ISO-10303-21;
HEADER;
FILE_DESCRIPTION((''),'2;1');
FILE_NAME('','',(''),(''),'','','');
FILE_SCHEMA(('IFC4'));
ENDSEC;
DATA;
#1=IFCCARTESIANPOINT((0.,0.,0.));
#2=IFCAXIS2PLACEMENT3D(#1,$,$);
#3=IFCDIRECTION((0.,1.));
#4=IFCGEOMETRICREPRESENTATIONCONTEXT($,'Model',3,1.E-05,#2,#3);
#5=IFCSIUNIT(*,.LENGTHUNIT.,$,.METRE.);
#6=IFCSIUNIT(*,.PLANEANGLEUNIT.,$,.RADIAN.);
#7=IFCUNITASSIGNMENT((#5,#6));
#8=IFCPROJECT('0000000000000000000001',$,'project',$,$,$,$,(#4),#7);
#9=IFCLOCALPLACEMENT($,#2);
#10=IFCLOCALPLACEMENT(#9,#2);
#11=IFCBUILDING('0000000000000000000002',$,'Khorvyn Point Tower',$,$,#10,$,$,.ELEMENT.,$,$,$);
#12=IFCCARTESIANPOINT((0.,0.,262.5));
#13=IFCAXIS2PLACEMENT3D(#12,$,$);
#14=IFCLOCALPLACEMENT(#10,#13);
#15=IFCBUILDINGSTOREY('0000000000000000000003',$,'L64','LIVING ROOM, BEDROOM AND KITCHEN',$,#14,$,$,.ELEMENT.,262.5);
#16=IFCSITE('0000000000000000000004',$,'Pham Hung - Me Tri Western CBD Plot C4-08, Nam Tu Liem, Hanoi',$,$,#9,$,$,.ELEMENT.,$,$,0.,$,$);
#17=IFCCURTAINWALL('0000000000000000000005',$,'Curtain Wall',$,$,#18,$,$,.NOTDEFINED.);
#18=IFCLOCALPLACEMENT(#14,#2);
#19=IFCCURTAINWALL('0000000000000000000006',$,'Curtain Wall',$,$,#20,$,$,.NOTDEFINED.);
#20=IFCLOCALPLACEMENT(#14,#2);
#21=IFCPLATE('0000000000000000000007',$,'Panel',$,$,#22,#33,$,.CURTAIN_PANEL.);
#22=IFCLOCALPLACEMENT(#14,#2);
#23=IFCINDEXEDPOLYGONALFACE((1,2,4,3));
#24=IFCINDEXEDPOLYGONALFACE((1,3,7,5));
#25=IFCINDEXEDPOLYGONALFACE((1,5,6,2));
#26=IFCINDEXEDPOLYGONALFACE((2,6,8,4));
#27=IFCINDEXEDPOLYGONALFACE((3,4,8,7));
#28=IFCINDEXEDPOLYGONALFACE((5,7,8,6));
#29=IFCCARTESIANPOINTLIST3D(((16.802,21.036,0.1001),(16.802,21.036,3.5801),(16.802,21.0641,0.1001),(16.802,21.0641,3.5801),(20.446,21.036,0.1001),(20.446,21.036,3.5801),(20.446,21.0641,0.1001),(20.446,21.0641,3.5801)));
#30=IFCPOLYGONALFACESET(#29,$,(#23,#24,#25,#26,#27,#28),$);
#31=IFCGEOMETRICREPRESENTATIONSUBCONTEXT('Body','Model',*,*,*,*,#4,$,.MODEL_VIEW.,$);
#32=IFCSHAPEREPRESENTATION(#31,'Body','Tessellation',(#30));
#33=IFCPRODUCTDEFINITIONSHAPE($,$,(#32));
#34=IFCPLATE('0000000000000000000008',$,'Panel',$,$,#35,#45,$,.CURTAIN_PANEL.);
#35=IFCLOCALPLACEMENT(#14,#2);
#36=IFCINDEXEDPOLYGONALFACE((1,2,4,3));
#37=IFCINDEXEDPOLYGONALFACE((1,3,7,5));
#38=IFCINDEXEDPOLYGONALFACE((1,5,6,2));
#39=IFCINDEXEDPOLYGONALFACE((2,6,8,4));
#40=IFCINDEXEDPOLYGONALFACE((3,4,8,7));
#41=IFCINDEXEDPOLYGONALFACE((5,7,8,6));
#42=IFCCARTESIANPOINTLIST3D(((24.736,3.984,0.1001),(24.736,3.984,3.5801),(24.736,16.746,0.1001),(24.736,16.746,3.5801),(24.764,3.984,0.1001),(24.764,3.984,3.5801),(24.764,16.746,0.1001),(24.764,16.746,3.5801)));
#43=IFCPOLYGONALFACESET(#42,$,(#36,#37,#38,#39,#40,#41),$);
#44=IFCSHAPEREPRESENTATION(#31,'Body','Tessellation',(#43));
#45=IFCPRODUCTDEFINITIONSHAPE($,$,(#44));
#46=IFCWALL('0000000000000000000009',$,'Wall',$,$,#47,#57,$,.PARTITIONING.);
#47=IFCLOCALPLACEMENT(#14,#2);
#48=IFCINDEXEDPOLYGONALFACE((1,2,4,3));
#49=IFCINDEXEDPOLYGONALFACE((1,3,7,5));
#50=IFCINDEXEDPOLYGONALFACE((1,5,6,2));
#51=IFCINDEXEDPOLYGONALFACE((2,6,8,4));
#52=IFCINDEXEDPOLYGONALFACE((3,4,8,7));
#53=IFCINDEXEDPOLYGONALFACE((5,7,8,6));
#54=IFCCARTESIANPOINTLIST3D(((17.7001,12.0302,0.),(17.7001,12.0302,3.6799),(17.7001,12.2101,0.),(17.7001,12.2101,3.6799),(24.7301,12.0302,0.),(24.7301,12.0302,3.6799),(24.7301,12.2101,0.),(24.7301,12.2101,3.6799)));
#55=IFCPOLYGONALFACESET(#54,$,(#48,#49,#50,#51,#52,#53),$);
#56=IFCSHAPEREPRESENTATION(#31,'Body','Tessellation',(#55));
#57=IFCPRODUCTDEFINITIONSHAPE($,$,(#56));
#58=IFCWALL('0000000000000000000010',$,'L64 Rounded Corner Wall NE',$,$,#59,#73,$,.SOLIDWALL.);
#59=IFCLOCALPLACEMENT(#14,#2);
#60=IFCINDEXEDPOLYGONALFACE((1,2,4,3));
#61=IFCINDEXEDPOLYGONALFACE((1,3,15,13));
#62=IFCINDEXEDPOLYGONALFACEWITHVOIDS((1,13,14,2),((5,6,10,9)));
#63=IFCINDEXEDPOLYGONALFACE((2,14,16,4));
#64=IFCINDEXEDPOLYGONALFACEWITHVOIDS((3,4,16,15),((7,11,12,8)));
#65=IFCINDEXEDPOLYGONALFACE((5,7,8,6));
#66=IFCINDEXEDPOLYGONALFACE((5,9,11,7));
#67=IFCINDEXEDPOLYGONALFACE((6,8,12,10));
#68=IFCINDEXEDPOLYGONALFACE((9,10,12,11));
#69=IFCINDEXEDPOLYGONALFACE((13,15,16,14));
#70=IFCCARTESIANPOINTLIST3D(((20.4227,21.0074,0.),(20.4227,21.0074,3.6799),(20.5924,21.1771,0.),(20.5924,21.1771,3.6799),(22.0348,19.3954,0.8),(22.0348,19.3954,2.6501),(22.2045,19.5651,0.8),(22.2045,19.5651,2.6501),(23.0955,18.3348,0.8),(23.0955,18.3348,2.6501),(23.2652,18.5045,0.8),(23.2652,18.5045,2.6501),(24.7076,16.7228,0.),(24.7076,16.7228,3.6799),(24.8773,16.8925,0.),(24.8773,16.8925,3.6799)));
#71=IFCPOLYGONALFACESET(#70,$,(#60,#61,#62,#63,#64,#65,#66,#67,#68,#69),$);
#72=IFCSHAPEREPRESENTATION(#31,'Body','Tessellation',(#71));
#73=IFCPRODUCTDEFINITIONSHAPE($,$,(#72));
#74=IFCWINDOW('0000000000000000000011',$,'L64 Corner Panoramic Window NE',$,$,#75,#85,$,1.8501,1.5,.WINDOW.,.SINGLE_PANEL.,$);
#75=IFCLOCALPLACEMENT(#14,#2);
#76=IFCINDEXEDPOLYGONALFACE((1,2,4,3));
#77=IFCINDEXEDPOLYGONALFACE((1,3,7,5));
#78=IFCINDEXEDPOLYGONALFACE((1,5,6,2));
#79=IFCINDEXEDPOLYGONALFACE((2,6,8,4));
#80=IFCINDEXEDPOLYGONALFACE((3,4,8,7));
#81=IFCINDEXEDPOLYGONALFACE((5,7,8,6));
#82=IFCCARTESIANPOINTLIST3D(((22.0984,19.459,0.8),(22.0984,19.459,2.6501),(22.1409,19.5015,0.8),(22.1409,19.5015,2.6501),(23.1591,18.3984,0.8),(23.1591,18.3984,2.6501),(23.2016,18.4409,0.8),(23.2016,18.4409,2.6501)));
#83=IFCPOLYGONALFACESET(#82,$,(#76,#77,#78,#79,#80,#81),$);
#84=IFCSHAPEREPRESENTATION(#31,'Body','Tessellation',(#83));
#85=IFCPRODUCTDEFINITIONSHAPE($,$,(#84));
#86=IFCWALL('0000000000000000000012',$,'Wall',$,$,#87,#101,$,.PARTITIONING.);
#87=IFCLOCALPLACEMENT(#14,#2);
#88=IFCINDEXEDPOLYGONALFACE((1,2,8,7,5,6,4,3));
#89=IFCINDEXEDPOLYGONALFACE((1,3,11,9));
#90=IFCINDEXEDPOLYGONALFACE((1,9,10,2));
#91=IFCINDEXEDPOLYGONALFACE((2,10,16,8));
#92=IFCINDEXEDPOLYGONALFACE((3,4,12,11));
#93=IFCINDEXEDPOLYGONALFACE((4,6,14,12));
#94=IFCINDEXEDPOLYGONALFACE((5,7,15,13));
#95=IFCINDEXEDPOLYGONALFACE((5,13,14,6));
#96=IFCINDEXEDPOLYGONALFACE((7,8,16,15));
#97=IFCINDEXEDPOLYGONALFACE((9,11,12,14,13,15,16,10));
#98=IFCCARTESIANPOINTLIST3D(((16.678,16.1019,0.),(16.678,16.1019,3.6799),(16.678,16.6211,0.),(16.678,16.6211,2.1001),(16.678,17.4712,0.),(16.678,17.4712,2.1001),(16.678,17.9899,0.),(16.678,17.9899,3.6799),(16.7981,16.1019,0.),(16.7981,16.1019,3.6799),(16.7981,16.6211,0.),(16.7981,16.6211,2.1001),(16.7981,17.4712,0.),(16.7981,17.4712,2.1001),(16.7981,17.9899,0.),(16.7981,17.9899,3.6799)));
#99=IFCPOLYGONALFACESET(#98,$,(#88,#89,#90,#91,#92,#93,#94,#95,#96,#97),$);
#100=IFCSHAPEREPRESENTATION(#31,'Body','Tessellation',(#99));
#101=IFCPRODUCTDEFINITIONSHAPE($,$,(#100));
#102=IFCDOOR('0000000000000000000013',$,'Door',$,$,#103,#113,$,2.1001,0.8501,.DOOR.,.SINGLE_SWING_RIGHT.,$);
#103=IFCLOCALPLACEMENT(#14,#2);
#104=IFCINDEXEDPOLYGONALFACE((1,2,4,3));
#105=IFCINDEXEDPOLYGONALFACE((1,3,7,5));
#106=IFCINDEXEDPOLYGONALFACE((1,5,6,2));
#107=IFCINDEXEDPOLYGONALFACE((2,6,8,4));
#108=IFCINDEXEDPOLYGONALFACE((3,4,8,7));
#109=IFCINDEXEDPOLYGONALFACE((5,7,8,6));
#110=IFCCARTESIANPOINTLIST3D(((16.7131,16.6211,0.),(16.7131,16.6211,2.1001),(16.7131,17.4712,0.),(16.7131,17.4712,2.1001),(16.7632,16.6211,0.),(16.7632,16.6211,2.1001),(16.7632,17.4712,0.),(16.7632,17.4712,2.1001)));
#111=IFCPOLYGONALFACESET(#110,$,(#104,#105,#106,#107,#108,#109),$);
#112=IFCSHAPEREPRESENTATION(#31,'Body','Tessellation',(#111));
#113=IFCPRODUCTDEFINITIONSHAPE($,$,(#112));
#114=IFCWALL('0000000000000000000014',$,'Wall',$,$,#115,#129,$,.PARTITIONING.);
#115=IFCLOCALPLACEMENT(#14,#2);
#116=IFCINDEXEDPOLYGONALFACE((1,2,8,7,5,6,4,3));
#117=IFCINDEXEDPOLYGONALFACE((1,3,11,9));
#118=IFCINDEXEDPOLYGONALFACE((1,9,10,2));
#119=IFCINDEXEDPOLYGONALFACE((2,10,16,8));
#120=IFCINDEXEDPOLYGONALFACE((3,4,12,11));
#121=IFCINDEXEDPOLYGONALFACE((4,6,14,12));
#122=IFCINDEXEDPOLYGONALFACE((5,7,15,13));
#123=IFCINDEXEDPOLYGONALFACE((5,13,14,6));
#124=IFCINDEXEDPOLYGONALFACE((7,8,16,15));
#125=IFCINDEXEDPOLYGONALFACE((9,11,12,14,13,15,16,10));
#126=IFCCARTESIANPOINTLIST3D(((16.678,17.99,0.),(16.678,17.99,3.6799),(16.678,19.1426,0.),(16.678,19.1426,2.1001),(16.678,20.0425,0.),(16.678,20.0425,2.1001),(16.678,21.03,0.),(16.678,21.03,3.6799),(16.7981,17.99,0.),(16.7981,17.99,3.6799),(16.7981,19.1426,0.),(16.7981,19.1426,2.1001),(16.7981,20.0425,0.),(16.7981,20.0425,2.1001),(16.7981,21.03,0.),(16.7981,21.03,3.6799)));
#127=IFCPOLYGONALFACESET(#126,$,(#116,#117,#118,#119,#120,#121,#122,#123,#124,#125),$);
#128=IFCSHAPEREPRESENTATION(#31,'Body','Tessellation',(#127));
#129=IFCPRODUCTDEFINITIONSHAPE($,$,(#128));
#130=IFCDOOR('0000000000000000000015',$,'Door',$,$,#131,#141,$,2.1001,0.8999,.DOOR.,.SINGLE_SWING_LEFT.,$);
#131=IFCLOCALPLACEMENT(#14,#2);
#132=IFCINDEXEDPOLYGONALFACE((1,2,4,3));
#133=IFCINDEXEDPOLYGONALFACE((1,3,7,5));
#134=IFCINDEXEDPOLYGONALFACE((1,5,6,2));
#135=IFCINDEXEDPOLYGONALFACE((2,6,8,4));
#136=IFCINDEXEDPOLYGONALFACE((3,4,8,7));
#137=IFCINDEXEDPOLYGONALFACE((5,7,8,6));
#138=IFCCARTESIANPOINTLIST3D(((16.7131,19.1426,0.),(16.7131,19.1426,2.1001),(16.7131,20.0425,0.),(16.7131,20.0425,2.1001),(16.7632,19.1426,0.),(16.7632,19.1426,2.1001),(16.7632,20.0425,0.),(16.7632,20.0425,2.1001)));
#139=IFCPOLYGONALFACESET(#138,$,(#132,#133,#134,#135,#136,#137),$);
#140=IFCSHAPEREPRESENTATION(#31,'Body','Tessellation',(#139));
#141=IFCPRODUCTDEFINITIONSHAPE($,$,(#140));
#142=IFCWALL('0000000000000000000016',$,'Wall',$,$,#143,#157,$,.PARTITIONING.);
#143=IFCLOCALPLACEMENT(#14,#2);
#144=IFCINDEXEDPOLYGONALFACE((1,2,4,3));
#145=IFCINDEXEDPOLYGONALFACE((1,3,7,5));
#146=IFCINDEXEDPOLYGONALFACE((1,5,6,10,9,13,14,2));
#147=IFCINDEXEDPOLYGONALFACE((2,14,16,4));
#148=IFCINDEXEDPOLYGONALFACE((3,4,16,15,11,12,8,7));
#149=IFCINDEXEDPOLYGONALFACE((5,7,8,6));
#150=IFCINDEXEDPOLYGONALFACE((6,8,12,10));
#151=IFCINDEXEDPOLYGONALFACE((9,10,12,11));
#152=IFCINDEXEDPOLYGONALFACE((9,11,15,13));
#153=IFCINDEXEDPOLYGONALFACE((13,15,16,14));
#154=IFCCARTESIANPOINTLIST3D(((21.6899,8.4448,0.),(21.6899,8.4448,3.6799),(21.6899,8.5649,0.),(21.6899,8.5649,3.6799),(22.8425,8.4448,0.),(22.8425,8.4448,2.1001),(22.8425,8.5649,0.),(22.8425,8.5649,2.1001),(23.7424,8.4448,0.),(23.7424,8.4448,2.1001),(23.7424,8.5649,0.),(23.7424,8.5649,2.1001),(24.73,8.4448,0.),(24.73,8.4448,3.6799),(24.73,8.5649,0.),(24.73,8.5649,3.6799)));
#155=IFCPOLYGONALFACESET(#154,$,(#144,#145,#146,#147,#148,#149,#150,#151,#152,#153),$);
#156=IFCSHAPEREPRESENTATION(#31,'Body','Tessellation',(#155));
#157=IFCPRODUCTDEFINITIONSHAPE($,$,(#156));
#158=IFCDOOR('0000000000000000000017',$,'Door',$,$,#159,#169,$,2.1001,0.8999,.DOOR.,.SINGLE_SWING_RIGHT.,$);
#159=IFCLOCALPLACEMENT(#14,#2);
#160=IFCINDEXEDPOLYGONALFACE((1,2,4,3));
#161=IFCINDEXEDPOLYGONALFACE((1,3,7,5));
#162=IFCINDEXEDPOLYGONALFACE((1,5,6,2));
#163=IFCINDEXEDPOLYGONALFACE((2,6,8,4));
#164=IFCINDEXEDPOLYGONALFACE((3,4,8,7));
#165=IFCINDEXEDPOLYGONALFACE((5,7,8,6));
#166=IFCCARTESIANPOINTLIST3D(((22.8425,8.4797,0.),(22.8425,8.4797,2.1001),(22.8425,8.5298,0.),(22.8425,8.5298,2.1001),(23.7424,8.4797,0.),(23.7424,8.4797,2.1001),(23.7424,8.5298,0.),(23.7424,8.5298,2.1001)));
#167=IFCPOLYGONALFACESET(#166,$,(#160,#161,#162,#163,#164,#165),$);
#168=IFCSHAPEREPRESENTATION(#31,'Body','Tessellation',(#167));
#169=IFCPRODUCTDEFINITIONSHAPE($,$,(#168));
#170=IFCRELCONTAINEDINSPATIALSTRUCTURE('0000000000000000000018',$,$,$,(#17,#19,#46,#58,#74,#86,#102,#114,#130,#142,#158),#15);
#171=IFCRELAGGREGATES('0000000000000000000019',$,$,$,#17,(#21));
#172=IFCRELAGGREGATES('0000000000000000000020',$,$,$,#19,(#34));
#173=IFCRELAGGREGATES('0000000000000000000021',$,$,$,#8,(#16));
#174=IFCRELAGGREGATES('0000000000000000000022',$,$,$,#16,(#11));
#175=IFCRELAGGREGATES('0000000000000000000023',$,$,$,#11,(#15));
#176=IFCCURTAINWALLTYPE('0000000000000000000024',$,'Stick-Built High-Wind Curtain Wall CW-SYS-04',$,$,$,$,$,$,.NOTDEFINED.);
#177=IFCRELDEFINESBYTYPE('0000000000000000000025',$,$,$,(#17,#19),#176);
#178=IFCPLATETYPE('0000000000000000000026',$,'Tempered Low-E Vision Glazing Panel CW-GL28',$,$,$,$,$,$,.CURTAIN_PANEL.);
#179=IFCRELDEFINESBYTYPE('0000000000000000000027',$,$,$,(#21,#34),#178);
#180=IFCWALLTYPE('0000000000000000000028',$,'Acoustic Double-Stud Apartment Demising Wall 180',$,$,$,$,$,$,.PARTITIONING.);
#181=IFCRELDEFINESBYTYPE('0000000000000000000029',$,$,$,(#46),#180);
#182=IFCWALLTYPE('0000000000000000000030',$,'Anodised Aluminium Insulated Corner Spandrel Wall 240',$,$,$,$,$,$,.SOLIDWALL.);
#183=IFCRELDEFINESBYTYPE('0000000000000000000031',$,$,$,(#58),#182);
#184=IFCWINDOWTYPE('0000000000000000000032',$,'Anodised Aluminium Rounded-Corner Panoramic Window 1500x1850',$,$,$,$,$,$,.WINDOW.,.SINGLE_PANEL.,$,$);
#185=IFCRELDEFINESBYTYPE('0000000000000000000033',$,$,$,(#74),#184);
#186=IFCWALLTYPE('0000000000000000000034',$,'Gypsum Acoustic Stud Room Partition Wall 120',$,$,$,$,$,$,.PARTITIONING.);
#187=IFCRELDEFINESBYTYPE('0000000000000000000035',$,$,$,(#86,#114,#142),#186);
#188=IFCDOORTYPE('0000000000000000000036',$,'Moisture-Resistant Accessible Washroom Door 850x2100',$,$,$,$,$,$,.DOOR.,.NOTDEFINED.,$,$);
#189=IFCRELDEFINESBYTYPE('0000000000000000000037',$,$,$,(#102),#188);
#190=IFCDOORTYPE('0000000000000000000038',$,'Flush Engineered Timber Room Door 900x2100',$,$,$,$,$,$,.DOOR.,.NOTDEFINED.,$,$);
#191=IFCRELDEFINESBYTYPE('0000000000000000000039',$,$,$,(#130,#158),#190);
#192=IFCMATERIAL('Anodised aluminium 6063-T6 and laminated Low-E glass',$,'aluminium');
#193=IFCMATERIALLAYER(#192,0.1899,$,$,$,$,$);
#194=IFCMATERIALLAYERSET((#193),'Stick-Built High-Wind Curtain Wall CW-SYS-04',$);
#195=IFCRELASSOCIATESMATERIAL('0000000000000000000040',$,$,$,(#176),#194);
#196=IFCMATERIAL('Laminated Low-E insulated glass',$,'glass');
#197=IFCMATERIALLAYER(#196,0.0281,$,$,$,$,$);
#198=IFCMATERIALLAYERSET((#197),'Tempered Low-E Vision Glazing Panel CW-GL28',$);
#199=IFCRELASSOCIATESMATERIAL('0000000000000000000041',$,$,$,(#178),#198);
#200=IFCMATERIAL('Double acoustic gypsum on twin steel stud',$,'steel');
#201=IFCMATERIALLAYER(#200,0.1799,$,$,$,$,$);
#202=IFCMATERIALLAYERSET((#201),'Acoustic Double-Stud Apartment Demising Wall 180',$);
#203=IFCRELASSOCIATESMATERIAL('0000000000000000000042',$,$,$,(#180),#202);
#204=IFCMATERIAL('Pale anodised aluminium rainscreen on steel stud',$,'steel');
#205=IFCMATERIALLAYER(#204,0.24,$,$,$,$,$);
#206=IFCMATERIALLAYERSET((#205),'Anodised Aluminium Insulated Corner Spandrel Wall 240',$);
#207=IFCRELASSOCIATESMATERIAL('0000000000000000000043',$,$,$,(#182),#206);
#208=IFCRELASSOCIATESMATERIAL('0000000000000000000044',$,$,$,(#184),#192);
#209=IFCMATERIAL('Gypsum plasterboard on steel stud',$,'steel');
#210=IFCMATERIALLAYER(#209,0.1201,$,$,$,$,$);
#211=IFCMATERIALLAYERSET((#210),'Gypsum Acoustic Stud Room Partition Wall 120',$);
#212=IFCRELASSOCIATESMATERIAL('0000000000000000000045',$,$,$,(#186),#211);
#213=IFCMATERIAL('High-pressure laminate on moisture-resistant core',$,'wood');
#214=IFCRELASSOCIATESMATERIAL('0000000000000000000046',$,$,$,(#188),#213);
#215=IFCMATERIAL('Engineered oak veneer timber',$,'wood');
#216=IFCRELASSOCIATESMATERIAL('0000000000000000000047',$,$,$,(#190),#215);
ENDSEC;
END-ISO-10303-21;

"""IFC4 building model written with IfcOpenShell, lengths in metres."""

from ifc_helpers import new_model, si_unit, direction, frame, frame_2d, origin, origin_2d, place, context, subcontext, project, spatial, rectangle, extrude, material, layer, layer_set, type_object, element, fill, aggregate, save


model = new_model("IFC4")

# Units and contexts
model_context = context("Model", 3, precision=1e-05, world=origin(), true_north=direction((0.0, 1.0)))
body_context = subcontext(model_context, "Body", "Model", "MODEL_VIEW")
ifc_project = project(units=[si_unit("LENGTHUNIT", "METRE"), si_unit("PLANEANGLEUNIT", "RADIAN")], contexts=[model_context])

# Site, building, storey
site_placement = place(None, origin())
site = spatial("IfcSite", under=ifc_project, at=site_placement, Name="Pham Hung - Me Tri Western CBD Plot C4-08, Nam Tu Liem, Hanoi", CompositionType="ELEMENT", RefElevation=0.0)
building_placement = place(site_placement, origin())
building = spatial("IfcBuilding", under=site, at=building_placement, Name="Khorvyn Point Tower", CompositionType="ELEMENT")
storey_placement = place(building_placement, frame((0.0, 0.0, 262.5)))
storey = spatial("IfcBuildingStorey", under=building, at=storey_placement, Name="L64", Description="LIVING ROOM, BEDROOM AND KITCHEN", CompositionType="ELEMENT", Elevation=262.5)

# Curtain wall
ifc_material_1 = material(Name="Anodised aluminium 6063-T6 and laminated Low-E glass", Category="aluminium")
ifc_layer_1 = layer(ifc_material_1, 0.1899)
ifc_layer_set_1 = layer_set([ifc_layer_1], Name="Stick-Built High-Wind Curtain Wall CW-SYS-04")
curtain_wall_type = type_object("IfcCurtainWallType", Name="Stick-Built High-Wind Curtain Wall CW-SYS-04", PredefinedType="NOTDEFINED", material=ifc_layer_set_1)
curtain_wall_1_placement = place(storey_placement, origin())
curtain_wall_1 = element("IfcCurtainWall", 1, at=curtain_wall_1_placement, inside=storey, type_object=curtain_wall_type, Name="Curtain Wall", PredefinedType="NOTDEFINED")

# Curtain wall
curtain_wall_2_placement = place(storey_placement, origin())
curtain_wall_2 = element("IfcCurtainWall", 2, at=curtain_wall_2_placement, inside=storey, type_object=curtain_wall_type, Name="Curtain Wall", PredefinedType="NOTDEFINED")

# Plates
ifc_material_2 = material(Name="Laminated Low-E insulated glass", Category="glass")
ifc_layer_2 = layer(ifc_material_2, 0.0281)
ifc_layer_set_2 = layer_set([ifc_layer_2], Name="Tempered Low-E Vision Glazing Panel CW-GL28")
plate_type = type_object("IfcPlateType", Name="Tempered Low-E Vision Glazing Panel CW-GL28", PredefinedType="CURTAIN_PANEL", material=ifc_layer_set_2)
plate_1_placement = place(storey_placement, frame((18.624, 21.05, 0.1001), z_axis=(0.0, 0.0, 1.0), x_axis=(1.0, 0.0, 0.0)))
plate_1 = element("IfcPlate", 3, at=plate_1_placement, type_object=plate_type, Name="Panel", PredefinedType="CURTAIN_PANEL", context=body_context, shape_type="SweptSolid", body=[
    extrude(rectangle(XDim=3.644, YDim=0.0281, at=origin_2d()), origin(), (0.0, 0.0, 1.0), 3.48),
])
aggregate(curtain_wall_1, [plate_1])
plate_2_placement = place(storey_placement, frame((24.75, 10.365, 0.1001), z_axis=(0.0, 0.0, 1.0), x_axis=(0.0, -1.0, 0.0)))
plate_2 = element("IfcPlate", 4, at=plate_2_placement, type_object=plate_type, Name="Panel", PredefinedType="CURTAIN_PANEL", context=body_context, shape_type="SweptSolid", body=[
    extrude(rectangle(XDim=12.762, YDim=0.0281, at=origin_2d()), origin(), (0.0, 0.0, 1.0), 3.48),
])
aggregate(curtain_wall_2, [plate_2])

# Wall
ifc_material_3 = material(Name="Double acoustic gypsum on twin steel stud", Category="steel")
ifc_layer_3 = layer(ifc_material_3, 0.1799)
ifc_layer_set_3 = layer_set([ifc_layer_3], Name="Acoustic Double-Stud Apartment Demising Wall 180")
wall_type_1 = type_object("IfcWallType", Name="Acoustic Double-Stud Apartment Demising Wall 180", PredefinedType="PARTITIONING", material=ifc_layer_set_3)
wall_1_placement = place(storey_placement, frame((17.7, 12.1201, 0.0), z_axis=(0.0, 0.0, 1.0), x_axis=(1.0, 0.0, 0.0)))
element("IfcWall", 5, at=wall_1_placement, inside=storey, type_object=wall_type_1, Name="Wall", PredefinedType="PARTITIONING", context=body_context, shape_type="SweptSolid", body=[
    extrude(rectangle(XDim=7.03, YDim=0.1799, at=frame_2d((3.5151, 0.0))), origin(), (0.0, 0.0, 1.0), 3.6799),
])

# Wall, opening, window
ifc_material_4 = material(Name="Pale anodised aluminium rainscreen on steel stud", Category="steel")
ifc_layer_4 = layer(ifc_material_4, 0.24)
ifc_layer_set_4 = layer_set([ifc_layer_4], Name="Anodised Aluminium Insulated Corner Spandrel Wall 240")
wall_type_2 = type_object("IfcWallType", Name="Anodised Aluminium Insulated Corner Spandrel Wall 240", PredefinedType="SOLIDWALL", material=ifc_layer_set_4)
wall_2_placement = place(storey_placement, frame((20.5076, 21.0923, 0.0), z_axis=(0.0, 0.0, 1.0), x_axis=(0.707127, -0.707087, 0.0)))
wall_2 = element("IfcWall", 6, at=wall_2_placement, inside=storey, type_object=wall_type_2, Name="L64 Rounded Corner Wall NE", PredefinedType="SOLIDWALL", context=body_context, shape_type="SweptSolid", body=[
    extrude(rectangle(XDim=6.0596, YDim=0.24, at=frame_2d((3.0298, 0.0))), origin(), (0.0, 0.0, 1.0), 3.6799),
])
opening_1_placement = place(wall_2_placement, frame((2.2798, 0.0, 0.8)))
opening_1 = element("IfcOpeningElement", 7, at=opening_1_placement, cuts=wall_2, PredefinedType="OPENING", context=body_context, shape_type="SweptSolid", body=[
    extrude(rectangle(XDim=1.5, YDim=1.8501, at=frame_2d((0.75, 0.925))), frame((0.0, 0.1299, 0.0), z_axis=(0.0, -1.0, 0.0), x_axis=(1.0, 0.0, 0.0)), (0.0, 0.0, 1.0), 0.26),
])
window_type = type_object("IfcWindowType", Name="Anodised Aluminium Rounded-Corner Panoramic Window 1500x1850", PartitioningType="SINGLE_PANEL", PredefinedType="WINDOW", material=ifc_material_1)
window_placement = place(opening_1_placement, origin())
window = element("IfcWindow", 8, at=window_placement, inside=storey, type_object=window_type, Name="L64 Corner Panoramic Window NE", OverallHeight=1.8501, OverallWidth=1.5, PartitioningType="SINGLE_PANEL", PredefinedType="WINDOW", context=body_context, shape_type="SweptSolid", body=[
    extrude(rectangle(XDim=1.5, YDim=1.8501, at=frame_2d((0.75, 0.925))), frame((0.0, 0.03, 0.0), z_axis=(0.0, -1.0, 0.0), x_axis=(1.0, 0.0, 0.0)), (0.0, 0.0, 1.0), 0.0601),
])
fill(opening_1, window)

# Walls, openings, doors
ifc_material_5 = material(Name="Gypsum plasterboard on steel stud", Category="steel")
ifc_layer_5 = layer(ifc_material_5, 0.1201)
ifc_layer_set_5 = layer_set([ifc_layer_5], Name="Gypsum Acoustic Stud Room Partition Wall 120")
wall_type_3 = type_object("IfcWallType", Name="Gypsum Acoustic Stud Room Partition Wall 120", PredefinedType="PARTITIONING", material=ifc_layer_set_5)
wall_3_placement = place(storey_placement, frame((16.738, 16.1021, 0.0), z_axis=(0.0, 0.0, 1.0), x_axis=(0.0, 1.0, 0.0)))
wall_3 = element("IfcWall", 9, at=wall_3_placement, inside=storey, type_object=wall_type_3, Name="Wall", PredefinedType="PARTITIONING", context=body_context, shape_type="SweptSolid", body=[
    extrude(rectangle(XDim=1.8879, YDim=0.1201, at=frame_2d((0.9438, 0.0))), origin(), (0.0, 0.0, 1.0), 3.6799),
])
opening_2_placement = place(wall_3_placement, frame((0.519, 0.0, 0.0)))
opening_2 = element("IfcOpeningElement", 10, at=opening_2_placement, cuts=wall_3, PredefinedType="OPENING", context=body_context, shape_type="SweptSolid", body=[
    extrude(rectangle(XDim=0.8501, YDim=2.1001, at=frame_2d((0.425, 1.05))), frame((0.0, 0.0701, 0.0), z_axis=(0.0, -1.0, 0.0), x_axis=(1.0, 0.0, 0.0)), (0.0, 0.0, 1.0), 0.1401),
])
ifc_material_6 = material(Name="High-pressure laminate on moisture-resistant core", Category="wood")
door_type_1 = type_object("IfcDoorType", Name="Moisture-Resistant Accessible Washroom Door 850x2100", OperationType="NOTDEFINED", PredefinedType="DOOR", material=ifc_material_6)
door_1_placement = place(opening_2_placement, origin())
door_1 = element("IfcDoor", 11, at=door_1_placement, inside=storey, type_object=door_type_1, Name="Door", OperationType="SINGLE_SWING_RIGHT", OverallHeight=2.1001, OverallWidth=0.8501, PredefinedType="DOOR", context=body_context, shape_type="SweptSolid", body=[
    extrude(rectangle(XDim=0.8501, YDim=2.1001, at=frame_2d((0.425, 1.05))), frame((0.0, 0.0249, 0.0), z_axis=(0.0, -1.0, 0.0), x_axis=(1.0, 0.0, 0.0)), (0.0, 0.0, 1.0), 0.05),
])
fill(opening_2, door_1)
wall_4_placement = place(storey_placement, frame((16.738, 17.99, 0.0), z_axis=(0.0, 0.0, 1.0), x_axis=(0.0, 1.0, 0.0)))
wall_4 = element("IfcWall", 12, at=wall_4_placement, inside=storey, type_object=wall_type_3, Name="Wall", PredefinedType="PARTITIONING", context=body_context, shape_type="SweptSolid", body=[
    extrude(rectangle(XDim=3.04, YDim=0.1201, at=frame_2d((1.52, 0.0))), origin(), (0.0, 0.0, 1.0), 3.6799),
])
opening_3_placement = place(wall_4_placement, frame((1.1526, 0.0, 0.0)))
opening_3 = element("IfcOpeningElement", 13, at=opening_3_placement, cuts=wall_4, PredefinedType="OPENING", context=body_context, shape_type="SweptSolid", body=[
    extrude(rectangle(XDim=0.8999, YDim=2.1001, at=frame_2d((0.45, 1.05))), frame((0.0, 0.0701, 0.0), z_axis=(0.0, -1.0, 0.0), x_axis=(1.0, 0.0, 0.0)), (0.0, 0.0, 1.0), 0.1401),
])
ifc_material_7 = material(Name="Engineered oak veneer timber", Category="wood")
door_type_2 = type_object("IfcDoorType", Name="Flush Engineered Timber Room Door 900x2100", OperationType="NOTDEFINED", PredefinedType="DOOR", material=ifc_material_7)
door_2_placement = place(opening_3_placement, origin())
door_2 = element("IfcDoor", 14, at=door_2_placement, inside=storey, type_object=door_type_2, Name="Door", OperationType="SINGLE_SWING_LEFT", OverallHeight=2.1001, OverallWidth=0.8999, PredefinedType="DOOR", context=body_context, shape_type="SweptSolid", body=[
    extrude(rectangle(XDim=0.8999, YDim=2.1001, at=frame_2d((0.45, 1.05))), frame((0.0, 0.0249, 0.0), z_axis=(0.0, -1.0, 0.0), x_axis=(1.0, 0.0, 0.0)), (0.0, 0.0, 1.0), 0.05),
])
fill(opening_3, door_2)
wall_5_placement = place(storey_placement, frame((21.6899, 8.5049, 0.0), z_axis=(0.0, 0.0, 1.0), x_axis=(1.0, 0.0, 0.0)))
wall_5 = element("IfcWall", 15, at=wall_5_placement, inside=storey, type_object=wall_type_3, Name="Wall", PredefinedType="PARTITIONING", context=body_context, shape_type="SweptSolid", body=[
    extrude(rectangle(XDim=3.04, YDim=0.1201, at=frame_2d((1.52, 0.0))), origin(), (0.0, 0.0, 1.0), 3.6799),
])
opening_4_placement = place(wall_5_placement, frame((1.1526, 0.0, 0.0)))
opening_4 = element("IfcOpeningElement", 16, at=opening_4_placement, cuts=wall_5, PredefinedType="OPENING", context=body_context, shape_type="SweptSolid", body=[
    extrude(rectangle(XDim=0.8999, YDim=2.1001, at=frame_2d((0.45, 1.05))), frame((0.0, 0.0701, 0.0), z_axis=(0.0, -1.0, 0.0), x_axis=(1.0, 0.0, 0.0)), (0.0, 0.0, 1.0), 0.1401),
])
door_3_placement = place(opening_4_placement, origin())
door_3 = element("IfcDoor", 17, at=door_3_placement, inside=storey, type_object=door_type_2, Name="Door", OperationType="SINGLE_SWING_RIGHT", OverallHeight=2.1001, OverallWidth=0.8999, PredefinedType="DOOR", context=body_context, shape_type="SweptSolid", body=[
    extrude(rectangle(XDim=0.8999, YDim=2.1001, at=frame_2d((0.45, 1.05))), frame((0.0, 0.0249, 0.0), z_axis=(0.0, -1.0, 0.0), x_axis=(1.0, 0.0, 0.0)), (0.0, 0.0, 1.0), 0.05),
])
fill(opening_4, door_3)

save(model, "model.ifc")
